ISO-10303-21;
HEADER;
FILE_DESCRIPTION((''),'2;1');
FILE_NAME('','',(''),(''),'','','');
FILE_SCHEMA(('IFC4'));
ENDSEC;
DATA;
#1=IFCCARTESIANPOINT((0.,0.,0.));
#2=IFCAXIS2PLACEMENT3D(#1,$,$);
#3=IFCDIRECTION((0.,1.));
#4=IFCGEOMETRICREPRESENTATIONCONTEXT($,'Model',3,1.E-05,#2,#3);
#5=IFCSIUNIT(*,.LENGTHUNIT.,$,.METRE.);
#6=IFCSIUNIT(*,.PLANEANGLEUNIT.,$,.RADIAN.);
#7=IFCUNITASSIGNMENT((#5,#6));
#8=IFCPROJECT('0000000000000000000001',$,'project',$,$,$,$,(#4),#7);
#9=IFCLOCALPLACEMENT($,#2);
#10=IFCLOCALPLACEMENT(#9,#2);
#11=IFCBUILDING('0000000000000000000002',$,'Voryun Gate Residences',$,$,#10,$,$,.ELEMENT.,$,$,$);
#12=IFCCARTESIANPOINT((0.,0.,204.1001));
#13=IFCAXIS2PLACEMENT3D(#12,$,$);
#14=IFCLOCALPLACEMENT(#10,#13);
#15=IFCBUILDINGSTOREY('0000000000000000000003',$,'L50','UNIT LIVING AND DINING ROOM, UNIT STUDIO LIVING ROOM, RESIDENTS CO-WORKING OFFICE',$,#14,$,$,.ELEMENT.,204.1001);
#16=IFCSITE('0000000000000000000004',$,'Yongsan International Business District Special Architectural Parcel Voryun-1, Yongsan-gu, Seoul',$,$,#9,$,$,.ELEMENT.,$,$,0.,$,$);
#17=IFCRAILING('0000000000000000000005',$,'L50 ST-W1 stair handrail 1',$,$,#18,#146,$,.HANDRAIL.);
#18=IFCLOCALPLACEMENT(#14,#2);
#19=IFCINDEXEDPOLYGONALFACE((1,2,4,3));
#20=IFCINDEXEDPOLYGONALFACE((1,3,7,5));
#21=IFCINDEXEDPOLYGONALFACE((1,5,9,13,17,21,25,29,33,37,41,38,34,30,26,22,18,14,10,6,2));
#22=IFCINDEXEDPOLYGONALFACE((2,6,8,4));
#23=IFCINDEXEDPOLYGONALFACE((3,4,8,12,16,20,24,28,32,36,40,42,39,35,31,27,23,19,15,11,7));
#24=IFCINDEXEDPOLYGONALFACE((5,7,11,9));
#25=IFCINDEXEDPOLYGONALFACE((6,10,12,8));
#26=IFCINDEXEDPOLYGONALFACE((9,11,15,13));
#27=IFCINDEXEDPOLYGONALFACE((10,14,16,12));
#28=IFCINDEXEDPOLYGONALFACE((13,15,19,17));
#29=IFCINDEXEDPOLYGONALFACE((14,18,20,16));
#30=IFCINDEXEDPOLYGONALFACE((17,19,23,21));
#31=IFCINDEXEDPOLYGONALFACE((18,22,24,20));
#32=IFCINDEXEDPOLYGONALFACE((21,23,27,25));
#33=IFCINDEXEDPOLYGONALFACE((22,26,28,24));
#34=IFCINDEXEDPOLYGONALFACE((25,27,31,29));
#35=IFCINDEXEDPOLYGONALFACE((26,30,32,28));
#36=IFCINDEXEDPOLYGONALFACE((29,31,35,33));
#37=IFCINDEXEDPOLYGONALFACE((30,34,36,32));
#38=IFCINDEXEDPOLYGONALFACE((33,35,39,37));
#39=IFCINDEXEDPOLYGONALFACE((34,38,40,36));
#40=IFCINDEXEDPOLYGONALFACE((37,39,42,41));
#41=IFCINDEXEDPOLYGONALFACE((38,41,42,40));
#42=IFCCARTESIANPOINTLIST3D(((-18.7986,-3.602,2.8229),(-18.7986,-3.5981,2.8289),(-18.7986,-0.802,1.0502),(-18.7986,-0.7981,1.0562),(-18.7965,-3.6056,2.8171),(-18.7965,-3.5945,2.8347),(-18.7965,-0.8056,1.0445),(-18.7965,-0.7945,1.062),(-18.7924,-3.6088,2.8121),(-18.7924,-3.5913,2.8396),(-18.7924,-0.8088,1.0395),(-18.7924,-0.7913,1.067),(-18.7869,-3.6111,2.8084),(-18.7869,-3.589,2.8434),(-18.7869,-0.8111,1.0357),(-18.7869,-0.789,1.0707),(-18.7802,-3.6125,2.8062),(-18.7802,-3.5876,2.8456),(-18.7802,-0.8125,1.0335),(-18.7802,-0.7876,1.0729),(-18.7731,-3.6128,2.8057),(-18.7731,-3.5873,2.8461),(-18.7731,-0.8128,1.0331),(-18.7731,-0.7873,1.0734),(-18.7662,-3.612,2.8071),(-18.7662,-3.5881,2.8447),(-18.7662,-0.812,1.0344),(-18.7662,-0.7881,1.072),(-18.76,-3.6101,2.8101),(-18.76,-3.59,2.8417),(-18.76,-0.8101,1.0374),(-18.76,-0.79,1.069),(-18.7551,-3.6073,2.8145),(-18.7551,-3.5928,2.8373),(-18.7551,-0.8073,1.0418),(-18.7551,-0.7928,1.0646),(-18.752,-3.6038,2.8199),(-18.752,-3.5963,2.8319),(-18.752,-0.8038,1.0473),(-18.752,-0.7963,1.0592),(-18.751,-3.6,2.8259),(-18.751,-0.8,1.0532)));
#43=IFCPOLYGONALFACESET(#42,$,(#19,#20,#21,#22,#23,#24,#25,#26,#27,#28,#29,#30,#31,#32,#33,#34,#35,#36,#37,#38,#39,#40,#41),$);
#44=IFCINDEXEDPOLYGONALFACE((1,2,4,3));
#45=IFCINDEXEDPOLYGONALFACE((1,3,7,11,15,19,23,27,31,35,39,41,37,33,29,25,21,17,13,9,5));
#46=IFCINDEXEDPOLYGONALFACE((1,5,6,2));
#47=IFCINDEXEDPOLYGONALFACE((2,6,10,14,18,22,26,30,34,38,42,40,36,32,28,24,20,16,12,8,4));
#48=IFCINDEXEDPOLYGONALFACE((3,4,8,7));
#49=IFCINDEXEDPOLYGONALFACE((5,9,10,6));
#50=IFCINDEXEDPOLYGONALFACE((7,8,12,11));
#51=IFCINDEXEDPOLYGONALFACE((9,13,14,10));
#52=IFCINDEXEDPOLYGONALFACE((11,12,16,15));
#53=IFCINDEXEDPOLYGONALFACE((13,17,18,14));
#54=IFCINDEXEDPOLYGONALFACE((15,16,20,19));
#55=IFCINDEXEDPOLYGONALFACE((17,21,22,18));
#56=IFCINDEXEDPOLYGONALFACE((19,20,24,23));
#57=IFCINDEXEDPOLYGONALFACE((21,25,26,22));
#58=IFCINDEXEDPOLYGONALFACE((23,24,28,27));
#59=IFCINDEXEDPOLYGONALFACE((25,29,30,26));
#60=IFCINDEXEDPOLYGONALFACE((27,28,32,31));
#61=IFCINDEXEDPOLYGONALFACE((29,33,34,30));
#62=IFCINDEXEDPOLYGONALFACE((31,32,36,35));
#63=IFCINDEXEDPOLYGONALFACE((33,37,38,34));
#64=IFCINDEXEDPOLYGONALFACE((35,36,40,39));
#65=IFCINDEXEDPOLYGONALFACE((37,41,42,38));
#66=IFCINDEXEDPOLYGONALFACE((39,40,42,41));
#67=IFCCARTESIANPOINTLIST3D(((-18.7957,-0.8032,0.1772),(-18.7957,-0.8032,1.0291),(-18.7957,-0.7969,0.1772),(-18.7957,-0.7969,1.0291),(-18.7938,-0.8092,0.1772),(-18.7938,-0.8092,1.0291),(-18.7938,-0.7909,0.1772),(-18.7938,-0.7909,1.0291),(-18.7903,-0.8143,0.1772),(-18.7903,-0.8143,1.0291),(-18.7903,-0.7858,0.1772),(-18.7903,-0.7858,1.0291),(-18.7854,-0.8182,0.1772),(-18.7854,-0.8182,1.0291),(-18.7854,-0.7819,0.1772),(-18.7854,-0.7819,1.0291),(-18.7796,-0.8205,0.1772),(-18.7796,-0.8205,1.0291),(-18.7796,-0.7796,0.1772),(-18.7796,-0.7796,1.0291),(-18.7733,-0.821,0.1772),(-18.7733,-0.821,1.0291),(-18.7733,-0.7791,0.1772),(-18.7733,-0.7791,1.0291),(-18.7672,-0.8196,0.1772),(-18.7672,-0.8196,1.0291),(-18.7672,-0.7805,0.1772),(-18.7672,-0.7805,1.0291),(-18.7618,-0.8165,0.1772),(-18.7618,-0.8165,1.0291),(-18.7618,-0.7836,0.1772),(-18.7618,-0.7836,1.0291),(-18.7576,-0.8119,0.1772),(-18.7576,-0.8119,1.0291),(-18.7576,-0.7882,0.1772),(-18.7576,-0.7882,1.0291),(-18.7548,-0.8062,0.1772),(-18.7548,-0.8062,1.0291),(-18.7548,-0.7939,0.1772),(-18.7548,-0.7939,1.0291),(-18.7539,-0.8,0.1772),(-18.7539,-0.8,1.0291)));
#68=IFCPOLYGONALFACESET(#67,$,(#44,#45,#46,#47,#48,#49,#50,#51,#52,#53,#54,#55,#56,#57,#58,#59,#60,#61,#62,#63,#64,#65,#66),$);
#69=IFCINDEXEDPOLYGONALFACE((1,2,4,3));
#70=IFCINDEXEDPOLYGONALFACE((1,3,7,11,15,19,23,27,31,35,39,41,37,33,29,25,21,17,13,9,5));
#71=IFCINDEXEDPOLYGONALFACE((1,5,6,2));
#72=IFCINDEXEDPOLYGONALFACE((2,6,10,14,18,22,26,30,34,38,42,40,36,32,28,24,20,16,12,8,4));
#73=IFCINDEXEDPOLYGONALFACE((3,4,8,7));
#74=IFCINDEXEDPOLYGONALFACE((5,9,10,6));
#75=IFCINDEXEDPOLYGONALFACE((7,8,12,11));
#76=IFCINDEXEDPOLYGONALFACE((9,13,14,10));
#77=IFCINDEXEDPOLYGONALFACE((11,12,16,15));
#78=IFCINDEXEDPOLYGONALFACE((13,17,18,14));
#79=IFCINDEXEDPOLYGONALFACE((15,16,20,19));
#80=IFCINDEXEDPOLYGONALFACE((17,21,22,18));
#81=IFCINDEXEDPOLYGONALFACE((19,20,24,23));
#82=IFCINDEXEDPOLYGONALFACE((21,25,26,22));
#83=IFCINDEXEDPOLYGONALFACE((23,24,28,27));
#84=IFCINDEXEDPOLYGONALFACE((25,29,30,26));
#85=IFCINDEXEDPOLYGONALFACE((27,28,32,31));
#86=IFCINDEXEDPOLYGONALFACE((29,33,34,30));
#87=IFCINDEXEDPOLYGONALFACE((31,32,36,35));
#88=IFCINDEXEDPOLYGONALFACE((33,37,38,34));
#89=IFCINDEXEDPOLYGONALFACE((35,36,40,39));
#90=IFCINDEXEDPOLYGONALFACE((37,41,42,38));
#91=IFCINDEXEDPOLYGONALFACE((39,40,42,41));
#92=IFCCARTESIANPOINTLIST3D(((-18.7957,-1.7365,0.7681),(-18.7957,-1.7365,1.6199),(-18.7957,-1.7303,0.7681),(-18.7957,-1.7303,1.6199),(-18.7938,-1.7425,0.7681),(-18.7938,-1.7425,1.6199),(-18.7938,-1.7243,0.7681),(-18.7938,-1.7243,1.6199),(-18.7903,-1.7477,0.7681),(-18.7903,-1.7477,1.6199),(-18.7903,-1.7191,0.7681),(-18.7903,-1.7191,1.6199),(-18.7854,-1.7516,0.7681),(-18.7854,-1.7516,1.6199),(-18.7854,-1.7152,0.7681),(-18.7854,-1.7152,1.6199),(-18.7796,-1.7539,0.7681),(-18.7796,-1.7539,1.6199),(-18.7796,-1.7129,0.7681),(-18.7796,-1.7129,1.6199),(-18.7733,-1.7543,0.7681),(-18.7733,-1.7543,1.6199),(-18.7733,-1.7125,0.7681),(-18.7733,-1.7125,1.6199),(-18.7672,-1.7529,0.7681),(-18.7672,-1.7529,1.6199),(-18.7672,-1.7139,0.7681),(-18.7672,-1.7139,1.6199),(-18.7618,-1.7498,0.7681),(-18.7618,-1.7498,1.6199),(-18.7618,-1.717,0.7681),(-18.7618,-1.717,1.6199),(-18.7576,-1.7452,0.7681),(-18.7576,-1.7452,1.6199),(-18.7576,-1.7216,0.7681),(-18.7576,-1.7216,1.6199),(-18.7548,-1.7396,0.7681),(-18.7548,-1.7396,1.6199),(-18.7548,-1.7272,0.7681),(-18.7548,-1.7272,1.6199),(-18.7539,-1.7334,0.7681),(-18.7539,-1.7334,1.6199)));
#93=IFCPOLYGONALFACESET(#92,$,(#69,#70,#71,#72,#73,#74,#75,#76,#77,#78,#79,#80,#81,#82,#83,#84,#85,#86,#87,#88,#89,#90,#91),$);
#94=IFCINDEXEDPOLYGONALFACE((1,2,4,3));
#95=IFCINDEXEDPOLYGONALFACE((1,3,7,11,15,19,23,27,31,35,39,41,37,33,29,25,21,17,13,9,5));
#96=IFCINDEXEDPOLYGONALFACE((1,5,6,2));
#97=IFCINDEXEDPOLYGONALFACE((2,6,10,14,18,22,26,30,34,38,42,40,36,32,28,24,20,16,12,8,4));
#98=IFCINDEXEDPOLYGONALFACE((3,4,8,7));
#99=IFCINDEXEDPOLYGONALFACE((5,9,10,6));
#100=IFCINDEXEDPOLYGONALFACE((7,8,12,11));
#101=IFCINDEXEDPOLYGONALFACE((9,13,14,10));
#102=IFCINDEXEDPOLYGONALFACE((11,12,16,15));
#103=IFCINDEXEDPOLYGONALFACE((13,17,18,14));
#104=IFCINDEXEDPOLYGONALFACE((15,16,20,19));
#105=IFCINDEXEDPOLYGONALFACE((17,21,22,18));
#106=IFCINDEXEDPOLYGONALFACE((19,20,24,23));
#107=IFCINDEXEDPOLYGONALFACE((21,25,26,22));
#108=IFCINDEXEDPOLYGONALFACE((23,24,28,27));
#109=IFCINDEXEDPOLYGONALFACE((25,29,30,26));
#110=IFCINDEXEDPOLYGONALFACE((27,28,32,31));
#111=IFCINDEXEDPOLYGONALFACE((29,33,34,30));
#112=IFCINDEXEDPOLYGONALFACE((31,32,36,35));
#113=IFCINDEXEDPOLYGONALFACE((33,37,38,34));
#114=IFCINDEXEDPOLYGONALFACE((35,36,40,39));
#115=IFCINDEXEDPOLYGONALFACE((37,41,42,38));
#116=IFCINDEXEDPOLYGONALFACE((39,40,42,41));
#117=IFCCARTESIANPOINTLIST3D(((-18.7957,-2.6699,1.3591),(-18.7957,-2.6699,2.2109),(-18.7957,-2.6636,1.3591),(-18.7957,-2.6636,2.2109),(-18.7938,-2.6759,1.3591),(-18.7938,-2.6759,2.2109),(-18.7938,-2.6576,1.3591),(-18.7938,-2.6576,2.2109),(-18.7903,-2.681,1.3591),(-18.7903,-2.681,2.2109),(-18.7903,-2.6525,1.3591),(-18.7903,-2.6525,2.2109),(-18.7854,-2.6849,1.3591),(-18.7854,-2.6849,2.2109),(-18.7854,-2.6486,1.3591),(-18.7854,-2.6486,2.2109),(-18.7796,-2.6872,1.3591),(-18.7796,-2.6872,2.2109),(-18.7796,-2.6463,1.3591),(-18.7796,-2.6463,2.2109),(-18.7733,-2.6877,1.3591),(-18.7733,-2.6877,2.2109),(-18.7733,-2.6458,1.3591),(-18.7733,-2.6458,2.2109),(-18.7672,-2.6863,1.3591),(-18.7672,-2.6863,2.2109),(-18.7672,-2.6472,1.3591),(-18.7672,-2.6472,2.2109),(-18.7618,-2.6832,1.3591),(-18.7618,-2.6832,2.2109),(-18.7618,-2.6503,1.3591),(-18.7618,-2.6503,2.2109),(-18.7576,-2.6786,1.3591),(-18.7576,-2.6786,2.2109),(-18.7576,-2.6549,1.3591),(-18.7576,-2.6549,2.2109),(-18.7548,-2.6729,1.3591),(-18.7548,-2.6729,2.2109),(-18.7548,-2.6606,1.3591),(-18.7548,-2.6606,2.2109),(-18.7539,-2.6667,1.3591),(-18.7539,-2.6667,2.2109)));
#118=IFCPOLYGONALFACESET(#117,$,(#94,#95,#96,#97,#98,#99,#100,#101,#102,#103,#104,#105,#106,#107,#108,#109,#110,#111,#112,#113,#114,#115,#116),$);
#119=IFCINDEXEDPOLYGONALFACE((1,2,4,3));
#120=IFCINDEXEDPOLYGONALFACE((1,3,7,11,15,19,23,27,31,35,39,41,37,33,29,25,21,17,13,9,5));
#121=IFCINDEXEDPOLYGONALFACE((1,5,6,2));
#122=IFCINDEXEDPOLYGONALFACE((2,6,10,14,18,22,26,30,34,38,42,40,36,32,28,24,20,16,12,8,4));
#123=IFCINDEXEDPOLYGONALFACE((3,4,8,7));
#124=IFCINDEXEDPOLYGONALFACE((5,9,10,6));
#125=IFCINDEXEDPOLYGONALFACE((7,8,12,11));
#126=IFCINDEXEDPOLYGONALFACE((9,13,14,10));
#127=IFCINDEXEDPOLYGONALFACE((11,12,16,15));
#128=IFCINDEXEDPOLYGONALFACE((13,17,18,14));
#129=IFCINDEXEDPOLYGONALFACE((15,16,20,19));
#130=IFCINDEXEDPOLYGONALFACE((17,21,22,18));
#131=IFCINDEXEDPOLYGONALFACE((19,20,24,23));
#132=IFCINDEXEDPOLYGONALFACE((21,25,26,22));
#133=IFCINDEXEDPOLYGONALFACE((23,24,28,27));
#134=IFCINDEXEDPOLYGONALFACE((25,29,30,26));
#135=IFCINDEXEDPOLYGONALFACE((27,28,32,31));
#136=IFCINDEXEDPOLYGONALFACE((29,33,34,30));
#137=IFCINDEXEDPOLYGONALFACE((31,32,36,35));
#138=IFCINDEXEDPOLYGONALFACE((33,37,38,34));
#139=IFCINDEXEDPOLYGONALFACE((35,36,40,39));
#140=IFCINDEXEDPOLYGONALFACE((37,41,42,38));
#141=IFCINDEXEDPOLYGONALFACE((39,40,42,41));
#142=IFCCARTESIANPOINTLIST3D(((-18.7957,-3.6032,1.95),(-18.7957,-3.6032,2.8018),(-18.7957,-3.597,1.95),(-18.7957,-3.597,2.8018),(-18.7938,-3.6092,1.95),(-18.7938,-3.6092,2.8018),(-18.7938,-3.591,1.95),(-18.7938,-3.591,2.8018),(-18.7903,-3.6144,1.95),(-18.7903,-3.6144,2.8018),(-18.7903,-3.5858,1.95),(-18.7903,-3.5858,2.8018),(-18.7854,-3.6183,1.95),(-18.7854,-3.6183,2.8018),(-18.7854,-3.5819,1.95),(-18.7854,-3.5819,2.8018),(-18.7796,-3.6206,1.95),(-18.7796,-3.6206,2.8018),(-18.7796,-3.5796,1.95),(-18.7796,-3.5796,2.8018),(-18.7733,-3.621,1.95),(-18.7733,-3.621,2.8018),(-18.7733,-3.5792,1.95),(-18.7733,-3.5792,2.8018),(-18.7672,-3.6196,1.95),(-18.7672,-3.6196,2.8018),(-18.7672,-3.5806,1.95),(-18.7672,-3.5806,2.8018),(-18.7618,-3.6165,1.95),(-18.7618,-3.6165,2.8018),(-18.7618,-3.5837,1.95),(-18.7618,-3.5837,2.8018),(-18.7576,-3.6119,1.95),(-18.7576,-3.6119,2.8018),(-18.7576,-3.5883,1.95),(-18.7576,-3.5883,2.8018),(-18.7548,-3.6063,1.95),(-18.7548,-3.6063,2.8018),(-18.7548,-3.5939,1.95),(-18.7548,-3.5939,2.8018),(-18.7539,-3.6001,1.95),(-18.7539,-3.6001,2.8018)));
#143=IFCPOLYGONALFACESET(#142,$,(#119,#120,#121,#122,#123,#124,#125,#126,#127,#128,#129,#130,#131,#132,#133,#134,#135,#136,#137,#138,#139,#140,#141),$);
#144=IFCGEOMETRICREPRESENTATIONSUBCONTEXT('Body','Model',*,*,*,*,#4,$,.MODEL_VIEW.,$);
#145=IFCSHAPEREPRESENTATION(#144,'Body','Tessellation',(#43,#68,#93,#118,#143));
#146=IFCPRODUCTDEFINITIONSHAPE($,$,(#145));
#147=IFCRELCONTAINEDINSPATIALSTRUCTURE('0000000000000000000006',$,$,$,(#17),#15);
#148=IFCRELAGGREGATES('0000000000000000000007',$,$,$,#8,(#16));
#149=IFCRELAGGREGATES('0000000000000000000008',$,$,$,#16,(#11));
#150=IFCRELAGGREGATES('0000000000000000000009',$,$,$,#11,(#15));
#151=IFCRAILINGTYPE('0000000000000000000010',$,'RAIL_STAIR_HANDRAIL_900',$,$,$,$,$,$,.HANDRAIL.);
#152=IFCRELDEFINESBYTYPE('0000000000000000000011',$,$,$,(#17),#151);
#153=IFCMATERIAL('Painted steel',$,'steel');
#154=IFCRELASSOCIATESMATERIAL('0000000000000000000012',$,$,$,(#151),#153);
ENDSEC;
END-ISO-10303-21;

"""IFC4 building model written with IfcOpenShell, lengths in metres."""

from ifc_helpers import new_model, si_unit, direction, frame, origin, origin_2d, place, context, subcontext, project, spatial, circle, extrude, material, type_object, element, save


model = new_model("IFC4")

# Units and contexts
model_context = context("Model", 3, precision=1e-05, world=origin(), true_north=direction((0.0, 1.0)))
body_context = subcontext(model_context, "Body", "Model", "MODEL_VIEW")
ifc_project = project(units=[si_unit("LENGTHUNIT", "METRE"), si_unit("PLANEANGLEUNIT", "RADIAN")], contexts=[model_context])

# Site, building, storey
site_placement = place(None, origin())
site = spatial("IfcSite", under=ifc_project, at=site_placement, Name="Yongsan International Business District Special Architectural Parcel Voryun-1, Yongsan-gu, Seoul", CompositionType="ELEMENT", RefElevation=0.0)
building_placement = place(site_placement, origin())
building = spatial("IfcBuilding", under=site, at=building_placement, Name="Voryun Gate Residences", CompositionType="ELEMENT")
storey_placement = place(building_placement, frame((0.0, 0.0, 204.1001)))
storey = spatial("IfcBuildingStorey", under=building, at=storey_placement, Name="L50", Description="UNIT LIVING AND DINING ROOM, UNIT STUDIO LIVING ROOM, RESIDENTS CO-WORKING OFFICE", CompositionType="ELEMENT", Elevation=204.1001)

# Railing
ifc_material_1 = material(Name="Painted steel", Category="steel")
railing_type_1 = type_object("IfcRailingType", Name="RAIL_STAIR_HANDRAIL_900", PredefinedType="HANDRAIL", material=ifc_material_1)
railing_1_placement = place(storey_placement, frame((-18.7749, -0.8, 0.1772)))
element("IfcRailing", 1, at=railing_1_placement, inside=storey, type_object=railing_type_1, Name="L50 ST-W1 stair handrail 1", PredefinedType="HANDRAIL", context=body_context, shape_type="SweptSolid", body=[
    extrude(circle(Radius=0.0239, at=origin_2d()), frame((0.0, 0.0, 0.876), z_axis=(0.0, -0.844909, 0.53491), x_axis=(1.0, 0.0, 0.0)), (0.0, 0.0, 1.0), 3.314),
    extrude(circle(Radius=0.021, at=origin_2d()), origin(), (0.0, 0.0, 1.0), 0.8518),
    extrude(circle(Radius=0.021, at=origin_2d()), frame((0.0, -0.9333, 0.5908)), (0.0, 0.0, 1.0), 0.8518),
    extrude(circle(Radius=0.021, at=origin_2d()), frame((0.0, -1.8667, 1.1819)), (0.0, 0.0, 1.0), 0.8518),
    extrude(circle(Radius=0.021, at=origin_2d()), frame((0.0, -2.8, 1.7727)), (0.0, 0.0, 1.0), 0.8518),
])

save(model, "model.ifc")
